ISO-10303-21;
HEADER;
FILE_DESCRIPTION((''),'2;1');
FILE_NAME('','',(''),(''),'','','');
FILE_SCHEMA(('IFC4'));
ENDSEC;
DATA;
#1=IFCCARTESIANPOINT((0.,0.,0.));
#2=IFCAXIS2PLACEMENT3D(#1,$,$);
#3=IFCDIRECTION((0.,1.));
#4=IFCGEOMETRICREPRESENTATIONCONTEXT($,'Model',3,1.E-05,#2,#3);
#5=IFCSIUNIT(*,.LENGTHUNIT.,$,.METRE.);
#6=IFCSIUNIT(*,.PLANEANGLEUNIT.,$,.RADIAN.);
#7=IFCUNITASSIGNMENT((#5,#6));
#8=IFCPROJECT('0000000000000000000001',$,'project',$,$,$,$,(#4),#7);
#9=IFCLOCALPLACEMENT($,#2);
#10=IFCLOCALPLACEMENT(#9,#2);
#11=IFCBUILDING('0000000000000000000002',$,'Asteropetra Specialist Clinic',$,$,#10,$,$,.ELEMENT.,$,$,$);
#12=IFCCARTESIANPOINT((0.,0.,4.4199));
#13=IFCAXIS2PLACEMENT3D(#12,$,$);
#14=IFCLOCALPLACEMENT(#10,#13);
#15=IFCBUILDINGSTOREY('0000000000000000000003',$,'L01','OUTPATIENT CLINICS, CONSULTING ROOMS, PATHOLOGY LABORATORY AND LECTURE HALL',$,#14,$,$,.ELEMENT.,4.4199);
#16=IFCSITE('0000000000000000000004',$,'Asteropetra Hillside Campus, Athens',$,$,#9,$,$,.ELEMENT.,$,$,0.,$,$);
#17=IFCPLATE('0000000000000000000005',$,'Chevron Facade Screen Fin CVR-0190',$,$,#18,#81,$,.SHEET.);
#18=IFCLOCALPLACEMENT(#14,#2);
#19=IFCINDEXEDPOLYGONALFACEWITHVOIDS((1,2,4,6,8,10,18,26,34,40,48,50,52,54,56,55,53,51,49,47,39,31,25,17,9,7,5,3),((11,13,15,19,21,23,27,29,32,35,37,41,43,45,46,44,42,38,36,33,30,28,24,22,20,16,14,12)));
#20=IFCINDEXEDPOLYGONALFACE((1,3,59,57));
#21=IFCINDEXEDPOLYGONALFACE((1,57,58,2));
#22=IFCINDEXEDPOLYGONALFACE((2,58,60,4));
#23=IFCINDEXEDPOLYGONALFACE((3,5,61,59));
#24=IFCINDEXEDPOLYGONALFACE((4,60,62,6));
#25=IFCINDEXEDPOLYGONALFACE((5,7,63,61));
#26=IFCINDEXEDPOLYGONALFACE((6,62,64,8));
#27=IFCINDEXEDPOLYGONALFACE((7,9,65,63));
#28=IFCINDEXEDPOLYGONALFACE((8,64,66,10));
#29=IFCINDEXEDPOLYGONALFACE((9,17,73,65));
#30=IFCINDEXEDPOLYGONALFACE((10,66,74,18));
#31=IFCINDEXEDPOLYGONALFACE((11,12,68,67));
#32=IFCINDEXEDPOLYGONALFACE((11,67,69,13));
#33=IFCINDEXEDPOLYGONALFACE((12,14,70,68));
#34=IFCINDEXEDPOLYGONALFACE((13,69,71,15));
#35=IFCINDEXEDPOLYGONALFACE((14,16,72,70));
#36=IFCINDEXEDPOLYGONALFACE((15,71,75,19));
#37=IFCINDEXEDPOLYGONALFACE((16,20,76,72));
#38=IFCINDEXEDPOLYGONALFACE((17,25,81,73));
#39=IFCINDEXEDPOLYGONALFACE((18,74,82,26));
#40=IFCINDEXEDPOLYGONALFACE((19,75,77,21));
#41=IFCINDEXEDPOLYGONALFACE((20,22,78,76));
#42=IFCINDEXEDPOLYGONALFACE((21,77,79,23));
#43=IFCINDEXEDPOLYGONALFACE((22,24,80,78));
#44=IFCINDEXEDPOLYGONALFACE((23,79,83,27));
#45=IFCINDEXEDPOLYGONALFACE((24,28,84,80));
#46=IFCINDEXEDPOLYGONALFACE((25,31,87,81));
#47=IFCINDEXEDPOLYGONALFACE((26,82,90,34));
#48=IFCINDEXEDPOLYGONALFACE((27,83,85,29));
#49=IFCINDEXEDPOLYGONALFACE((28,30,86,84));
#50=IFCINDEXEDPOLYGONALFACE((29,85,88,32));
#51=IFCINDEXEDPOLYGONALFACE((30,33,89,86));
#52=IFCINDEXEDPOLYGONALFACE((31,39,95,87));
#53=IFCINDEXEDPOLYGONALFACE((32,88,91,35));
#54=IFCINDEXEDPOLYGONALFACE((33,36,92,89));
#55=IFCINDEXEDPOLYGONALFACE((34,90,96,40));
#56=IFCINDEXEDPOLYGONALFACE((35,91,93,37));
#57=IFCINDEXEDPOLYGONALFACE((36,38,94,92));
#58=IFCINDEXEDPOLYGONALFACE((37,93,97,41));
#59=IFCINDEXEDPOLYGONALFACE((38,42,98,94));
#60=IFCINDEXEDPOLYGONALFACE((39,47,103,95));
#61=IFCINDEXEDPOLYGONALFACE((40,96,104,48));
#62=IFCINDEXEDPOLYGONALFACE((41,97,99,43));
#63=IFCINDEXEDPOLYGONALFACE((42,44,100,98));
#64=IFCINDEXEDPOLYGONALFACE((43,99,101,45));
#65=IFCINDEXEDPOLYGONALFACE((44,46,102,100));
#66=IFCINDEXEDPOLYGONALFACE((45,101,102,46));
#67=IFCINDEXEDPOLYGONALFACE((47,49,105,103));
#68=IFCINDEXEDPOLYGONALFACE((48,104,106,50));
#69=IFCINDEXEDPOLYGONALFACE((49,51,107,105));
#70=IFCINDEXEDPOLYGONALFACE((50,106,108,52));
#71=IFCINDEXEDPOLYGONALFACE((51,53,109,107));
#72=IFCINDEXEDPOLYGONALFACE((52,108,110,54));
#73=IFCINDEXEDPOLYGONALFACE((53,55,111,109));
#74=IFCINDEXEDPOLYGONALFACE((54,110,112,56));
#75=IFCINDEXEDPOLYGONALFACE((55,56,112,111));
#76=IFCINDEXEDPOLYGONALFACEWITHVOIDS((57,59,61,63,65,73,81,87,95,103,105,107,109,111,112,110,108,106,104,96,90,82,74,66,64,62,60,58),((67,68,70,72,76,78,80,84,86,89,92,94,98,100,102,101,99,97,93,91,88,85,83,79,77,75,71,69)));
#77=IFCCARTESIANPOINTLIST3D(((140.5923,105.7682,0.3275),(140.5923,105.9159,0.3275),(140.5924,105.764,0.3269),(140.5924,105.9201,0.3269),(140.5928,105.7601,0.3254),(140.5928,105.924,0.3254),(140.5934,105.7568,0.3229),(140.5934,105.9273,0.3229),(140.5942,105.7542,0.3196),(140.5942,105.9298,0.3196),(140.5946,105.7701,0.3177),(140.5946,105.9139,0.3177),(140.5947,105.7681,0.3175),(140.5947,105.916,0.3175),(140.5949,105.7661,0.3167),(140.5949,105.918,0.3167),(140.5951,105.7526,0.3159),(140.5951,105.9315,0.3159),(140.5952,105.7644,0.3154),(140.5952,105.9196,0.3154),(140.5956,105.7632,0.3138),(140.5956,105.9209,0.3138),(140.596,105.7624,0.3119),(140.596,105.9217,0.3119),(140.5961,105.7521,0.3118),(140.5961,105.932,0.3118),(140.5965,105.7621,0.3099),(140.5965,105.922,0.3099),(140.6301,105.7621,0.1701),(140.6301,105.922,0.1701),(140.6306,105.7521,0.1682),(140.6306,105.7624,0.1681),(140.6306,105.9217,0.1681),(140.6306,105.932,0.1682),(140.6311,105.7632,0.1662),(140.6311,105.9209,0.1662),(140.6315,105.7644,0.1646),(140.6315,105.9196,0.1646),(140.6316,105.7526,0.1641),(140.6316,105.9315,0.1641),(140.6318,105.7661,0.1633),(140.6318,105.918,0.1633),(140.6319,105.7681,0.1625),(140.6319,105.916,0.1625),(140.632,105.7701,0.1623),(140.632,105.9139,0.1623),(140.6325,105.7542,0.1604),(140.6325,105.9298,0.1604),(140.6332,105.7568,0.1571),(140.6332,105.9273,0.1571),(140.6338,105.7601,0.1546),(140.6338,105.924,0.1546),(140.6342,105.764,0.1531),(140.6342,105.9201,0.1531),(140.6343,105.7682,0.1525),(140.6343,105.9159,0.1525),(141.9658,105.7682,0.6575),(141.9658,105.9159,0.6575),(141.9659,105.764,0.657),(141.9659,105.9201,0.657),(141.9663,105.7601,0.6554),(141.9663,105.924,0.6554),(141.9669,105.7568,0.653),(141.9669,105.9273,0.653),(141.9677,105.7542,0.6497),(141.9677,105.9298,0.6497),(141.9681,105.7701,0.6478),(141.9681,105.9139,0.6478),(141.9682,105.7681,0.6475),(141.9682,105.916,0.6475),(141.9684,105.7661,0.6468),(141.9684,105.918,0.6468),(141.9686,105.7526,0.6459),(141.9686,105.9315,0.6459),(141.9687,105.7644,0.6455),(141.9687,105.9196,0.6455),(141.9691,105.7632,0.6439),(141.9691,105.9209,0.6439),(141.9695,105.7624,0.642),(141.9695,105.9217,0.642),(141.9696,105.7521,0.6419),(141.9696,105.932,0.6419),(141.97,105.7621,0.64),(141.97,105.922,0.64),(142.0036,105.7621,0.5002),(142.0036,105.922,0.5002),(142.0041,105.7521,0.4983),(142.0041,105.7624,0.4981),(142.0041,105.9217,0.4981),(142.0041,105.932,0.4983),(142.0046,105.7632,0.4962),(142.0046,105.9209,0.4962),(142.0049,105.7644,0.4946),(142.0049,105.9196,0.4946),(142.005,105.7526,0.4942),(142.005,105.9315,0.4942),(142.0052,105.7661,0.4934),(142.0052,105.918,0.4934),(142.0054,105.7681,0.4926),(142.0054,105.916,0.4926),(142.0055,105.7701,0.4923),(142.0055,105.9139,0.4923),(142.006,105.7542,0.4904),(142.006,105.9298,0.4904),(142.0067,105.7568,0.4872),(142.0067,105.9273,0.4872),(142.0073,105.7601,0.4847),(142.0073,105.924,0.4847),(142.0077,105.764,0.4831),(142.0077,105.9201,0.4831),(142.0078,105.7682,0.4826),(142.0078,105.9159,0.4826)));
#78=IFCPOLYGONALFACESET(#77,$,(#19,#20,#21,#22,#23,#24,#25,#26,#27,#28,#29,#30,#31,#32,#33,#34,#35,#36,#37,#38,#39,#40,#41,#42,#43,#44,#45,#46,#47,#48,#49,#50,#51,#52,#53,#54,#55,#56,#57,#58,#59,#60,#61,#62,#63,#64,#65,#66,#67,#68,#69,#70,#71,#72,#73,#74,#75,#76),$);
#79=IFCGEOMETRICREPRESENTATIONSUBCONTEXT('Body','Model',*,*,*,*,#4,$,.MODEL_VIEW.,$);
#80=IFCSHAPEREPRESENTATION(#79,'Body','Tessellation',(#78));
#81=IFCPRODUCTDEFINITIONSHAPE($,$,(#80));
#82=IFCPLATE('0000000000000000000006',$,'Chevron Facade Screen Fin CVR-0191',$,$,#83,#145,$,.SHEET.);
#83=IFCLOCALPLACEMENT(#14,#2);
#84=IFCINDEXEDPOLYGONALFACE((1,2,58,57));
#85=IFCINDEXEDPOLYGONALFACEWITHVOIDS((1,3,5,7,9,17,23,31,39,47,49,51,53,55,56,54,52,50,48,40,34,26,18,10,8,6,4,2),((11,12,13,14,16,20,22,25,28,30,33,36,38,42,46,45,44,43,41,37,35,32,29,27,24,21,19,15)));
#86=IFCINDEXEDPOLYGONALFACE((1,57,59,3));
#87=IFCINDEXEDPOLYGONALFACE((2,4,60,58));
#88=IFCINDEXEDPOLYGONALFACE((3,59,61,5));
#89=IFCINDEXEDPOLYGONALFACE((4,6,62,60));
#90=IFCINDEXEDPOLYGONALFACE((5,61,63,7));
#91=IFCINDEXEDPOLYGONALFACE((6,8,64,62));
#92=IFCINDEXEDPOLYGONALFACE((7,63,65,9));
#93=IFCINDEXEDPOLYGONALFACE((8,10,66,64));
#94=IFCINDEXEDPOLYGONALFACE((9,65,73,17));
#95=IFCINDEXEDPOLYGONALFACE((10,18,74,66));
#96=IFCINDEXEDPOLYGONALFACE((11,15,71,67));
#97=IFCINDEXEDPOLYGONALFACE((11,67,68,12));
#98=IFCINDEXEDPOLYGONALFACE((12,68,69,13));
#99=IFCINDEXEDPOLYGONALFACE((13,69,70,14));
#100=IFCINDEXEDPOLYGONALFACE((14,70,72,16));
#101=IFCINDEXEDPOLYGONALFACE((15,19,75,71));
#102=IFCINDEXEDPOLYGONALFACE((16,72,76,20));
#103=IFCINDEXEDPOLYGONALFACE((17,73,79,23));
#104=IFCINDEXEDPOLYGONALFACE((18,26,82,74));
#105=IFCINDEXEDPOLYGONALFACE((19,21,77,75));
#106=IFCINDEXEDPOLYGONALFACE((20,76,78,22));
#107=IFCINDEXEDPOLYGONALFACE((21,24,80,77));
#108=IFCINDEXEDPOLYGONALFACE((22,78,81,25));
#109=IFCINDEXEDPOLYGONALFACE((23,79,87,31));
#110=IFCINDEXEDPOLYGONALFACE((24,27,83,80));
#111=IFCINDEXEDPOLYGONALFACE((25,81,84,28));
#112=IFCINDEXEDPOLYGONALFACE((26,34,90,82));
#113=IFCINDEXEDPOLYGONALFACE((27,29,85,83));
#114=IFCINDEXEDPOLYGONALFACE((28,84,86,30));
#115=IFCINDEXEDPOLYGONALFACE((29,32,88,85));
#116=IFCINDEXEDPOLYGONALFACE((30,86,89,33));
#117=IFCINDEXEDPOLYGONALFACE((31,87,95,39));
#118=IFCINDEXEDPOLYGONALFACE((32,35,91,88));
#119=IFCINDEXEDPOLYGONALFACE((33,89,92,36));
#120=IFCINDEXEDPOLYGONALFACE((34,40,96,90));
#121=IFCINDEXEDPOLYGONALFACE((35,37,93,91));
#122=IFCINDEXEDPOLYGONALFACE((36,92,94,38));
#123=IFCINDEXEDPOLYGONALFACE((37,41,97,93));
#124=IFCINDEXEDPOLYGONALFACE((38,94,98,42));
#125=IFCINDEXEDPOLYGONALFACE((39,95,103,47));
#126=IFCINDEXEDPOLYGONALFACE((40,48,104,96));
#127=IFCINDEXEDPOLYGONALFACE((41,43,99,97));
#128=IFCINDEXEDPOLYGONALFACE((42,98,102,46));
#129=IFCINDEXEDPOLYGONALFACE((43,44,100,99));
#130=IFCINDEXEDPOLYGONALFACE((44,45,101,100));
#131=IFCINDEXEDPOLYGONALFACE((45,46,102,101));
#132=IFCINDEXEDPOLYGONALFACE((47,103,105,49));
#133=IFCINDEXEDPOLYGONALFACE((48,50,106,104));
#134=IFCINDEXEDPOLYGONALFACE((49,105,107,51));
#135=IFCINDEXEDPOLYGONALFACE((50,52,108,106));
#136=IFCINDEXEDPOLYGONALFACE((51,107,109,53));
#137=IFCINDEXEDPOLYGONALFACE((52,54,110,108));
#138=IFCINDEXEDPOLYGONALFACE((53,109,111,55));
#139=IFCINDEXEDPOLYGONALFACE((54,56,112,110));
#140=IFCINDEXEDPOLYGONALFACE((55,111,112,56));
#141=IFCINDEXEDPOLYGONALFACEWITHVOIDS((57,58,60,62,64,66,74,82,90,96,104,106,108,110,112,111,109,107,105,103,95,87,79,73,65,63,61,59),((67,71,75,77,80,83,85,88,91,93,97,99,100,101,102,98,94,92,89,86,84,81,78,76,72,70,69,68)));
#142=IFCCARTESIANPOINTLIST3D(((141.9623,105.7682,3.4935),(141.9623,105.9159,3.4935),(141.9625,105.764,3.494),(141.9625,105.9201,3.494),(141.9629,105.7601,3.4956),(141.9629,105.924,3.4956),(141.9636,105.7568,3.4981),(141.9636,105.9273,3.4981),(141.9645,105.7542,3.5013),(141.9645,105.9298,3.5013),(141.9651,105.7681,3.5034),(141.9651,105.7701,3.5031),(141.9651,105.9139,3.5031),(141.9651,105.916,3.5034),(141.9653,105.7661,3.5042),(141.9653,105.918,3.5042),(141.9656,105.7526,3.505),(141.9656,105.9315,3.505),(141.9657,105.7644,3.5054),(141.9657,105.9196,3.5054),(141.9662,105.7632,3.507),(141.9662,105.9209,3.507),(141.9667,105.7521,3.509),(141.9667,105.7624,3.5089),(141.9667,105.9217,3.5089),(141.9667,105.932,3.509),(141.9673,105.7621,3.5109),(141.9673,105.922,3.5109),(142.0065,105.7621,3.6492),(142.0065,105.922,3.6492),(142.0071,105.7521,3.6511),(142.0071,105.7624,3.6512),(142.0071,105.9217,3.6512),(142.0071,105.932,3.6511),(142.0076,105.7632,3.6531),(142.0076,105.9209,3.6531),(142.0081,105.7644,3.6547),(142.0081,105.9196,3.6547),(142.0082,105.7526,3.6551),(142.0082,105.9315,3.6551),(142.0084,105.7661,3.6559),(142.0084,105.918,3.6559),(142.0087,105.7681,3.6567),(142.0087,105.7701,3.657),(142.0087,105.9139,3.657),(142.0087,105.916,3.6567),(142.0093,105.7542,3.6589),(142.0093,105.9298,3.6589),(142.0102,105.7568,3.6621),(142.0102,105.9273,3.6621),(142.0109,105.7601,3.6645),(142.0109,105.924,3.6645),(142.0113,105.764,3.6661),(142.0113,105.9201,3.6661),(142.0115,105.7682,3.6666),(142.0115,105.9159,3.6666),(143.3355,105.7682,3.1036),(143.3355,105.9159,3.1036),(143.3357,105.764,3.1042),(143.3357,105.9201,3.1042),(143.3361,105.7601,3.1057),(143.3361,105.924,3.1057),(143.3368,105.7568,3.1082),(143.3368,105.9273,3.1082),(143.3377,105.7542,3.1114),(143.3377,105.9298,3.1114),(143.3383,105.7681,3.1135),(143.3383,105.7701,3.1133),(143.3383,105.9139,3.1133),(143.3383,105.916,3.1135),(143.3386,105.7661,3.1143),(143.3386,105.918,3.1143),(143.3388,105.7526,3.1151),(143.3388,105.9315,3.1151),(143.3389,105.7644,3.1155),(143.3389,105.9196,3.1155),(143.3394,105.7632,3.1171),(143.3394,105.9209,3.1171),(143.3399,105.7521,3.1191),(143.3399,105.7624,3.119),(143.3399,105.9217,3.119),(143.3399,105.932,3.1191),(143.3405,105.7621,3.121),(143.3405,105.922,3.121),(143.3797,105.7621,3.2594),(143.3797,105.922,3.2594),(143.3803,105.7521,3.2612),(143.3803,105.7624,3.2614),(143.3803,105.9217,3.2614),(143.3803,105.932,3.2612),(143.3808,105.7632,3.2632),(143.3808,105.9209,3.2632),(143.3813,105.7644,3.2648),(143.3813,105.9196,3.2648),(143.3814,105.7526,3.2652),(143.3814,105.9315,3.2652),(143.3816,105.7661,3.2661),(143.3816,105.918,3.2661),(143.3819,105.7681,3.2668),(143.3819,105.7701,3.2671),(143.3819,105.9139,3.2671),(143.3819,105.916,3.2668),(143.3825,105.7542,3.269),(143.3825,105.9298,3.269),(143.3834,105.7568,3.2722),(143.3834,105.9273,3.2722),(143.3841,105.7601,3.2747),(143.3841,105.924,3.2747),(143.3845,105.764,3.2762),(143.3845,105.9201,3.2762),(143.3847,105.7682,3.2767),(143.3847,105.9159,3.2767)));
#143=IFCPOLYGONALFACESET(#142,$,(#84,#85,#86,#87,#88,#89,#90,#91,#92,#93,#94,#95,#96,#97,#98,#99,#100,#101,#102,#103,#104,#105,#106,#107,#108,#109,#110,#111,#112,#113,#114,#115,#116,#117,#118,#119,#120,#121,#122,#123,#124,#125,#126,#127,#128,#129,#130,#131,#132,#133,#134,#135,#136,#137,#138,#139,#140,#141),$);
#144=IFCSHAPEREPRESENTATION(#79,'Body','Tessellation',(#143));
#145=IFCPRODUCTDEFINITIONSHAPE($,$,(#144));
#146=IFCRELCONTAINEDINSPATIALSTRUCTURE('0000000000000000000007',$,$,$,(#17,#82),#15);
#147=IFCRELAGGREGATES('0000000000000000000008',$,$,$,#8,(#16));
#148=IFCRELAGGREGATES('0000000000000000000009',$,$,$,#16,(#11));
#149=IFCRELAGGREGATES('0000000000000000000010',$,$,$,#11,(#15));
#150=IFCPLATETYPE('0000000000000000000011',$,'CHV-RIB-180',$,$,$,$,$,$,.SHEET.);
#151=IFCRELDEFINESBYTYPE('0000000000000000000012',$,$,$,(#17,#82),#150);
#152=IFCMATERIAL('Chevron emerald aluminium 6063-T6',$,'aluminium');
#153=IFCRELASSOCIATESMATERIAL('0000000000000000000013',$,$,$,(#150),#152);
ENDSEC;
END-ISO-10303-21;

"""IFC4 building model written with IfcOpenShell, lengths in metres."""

from ifc_helpers import new_model, si_unit, direction, frame, origin, origin_2d, place, context, subcontext, project, spatial, hollow_rectangle, extrude, material, material_profile, profile_set, type_object, element, save


model = new_model("IFC4")

# Units and contexts
model_context = context("Model", 3, precision=1e-05, world=origin(), true_north=direction((0.0, 1.0)))
body_context = subcontext(model_context, "Body", "Model", "MODEL_VIEW")
ifc_project = project(units=[si_unit("LENGTHUNIT", "METRE"), si_unit("PLANEANGLEUNIT", "RADIAN")], contexts=[model_context])

# Site, building, storey
site_placement = place(None, origin())
site = spatial("IfcSite", under=ifc_project, at=site_placement, Name="Asteropetra Hillside Campus, Athens", CompositionType="ELEMENT", RefElevation=0.0)
building_placement = place(site_placement, origin())
building = spatial("IfcBuilding", under=site, at=building_placement, Name="Asteropetra Specialist Clinic", CompositionType="ELEMENT")
storey_placement = place(building_placement, frame((0.0, 0.0, 4.4199)))
storey = spatial("IfcBuildingStorey", under=building, at=storey_placement, Name="L01", Description="OUTPATIENT CLINICS, CONSULTING ROOMS, PATHOLOGY LABORATORY AND LECTURE HALL", CompositionType="ELEMENT", Elevation=4.4199)

# Plates
ifc_material_1 = material(Name="Chevron emerald aluminium 6063-T6", Category="aluminium")
ifc_material_profile_1 = material_profile(ifc_material_1, hollow_rectangle(XDim=0.1799, YDim=0.1799, WallThickness=0.01, InnerFilletRadius=0.0081, OuterFilletRadius=0.0161, at=origin_2d()), Name="SHS 180x180x10.0")
ifc_profile_set_1 = profile_set([ifc_material_profile_1], Name="Chevron emerald aluminium 6063-T6")
plate_type = type_object("IfcPlateType", Name="CHV-RIB-180", PredefinedType="SHEET", material=ifc_profile_set_1)
plate_1_placement = place(storey_placement, frame((141.9868, 105.842, 0.5701), z_axis=(-0.972318, 0.0, -0.233661), x_axis=(0.0, -1.0, 0.0)))
element("IfcPlate", 1, at=plate_1_placement, inside=storey, type_object=plate_type, Name="Chevron Facade Screen Fin CVR-0190", PredefinedType="SHEET", context=body_context, shape_type="SweptSolid", body=[
    extrude(hollow_rectangle(XDim=0.1799, YDim=0.1799, WallThickness=0.01, InnerFilletRadius=0.0081, OuterFilletRadius=0.0161, at=origin_2d()), origin(), (0.0, 0.0, 1.0), 1.4126),
])
plate_2_placement = place(storey_placement, frame((143.3601, 105.842, 3.1902), z_axis=(-0.961981, 0.0, 0.273117), x_axis=(0.0, -1.0, 0.0)))
element("IfcPlate", 2, at=plate_2_placement, inside=storey, type_object=plate_type, Name="Chevron Facade Screen Fin CVR-0191", PredefinedType="SHEET", context=body_context, shape_type="SweptSolid", body=[
    extrude(hollow_rectangle(XDim=0.1799, YDim=0.1799, WallThickness=0.01, InnerFilletRadius=0.0081, OuterFilletRadius=0.0161, at=origin_2d()), origin(), (0.0, 0.0, 1.0), 1.4275),
])

save(model, "model.ifc")
